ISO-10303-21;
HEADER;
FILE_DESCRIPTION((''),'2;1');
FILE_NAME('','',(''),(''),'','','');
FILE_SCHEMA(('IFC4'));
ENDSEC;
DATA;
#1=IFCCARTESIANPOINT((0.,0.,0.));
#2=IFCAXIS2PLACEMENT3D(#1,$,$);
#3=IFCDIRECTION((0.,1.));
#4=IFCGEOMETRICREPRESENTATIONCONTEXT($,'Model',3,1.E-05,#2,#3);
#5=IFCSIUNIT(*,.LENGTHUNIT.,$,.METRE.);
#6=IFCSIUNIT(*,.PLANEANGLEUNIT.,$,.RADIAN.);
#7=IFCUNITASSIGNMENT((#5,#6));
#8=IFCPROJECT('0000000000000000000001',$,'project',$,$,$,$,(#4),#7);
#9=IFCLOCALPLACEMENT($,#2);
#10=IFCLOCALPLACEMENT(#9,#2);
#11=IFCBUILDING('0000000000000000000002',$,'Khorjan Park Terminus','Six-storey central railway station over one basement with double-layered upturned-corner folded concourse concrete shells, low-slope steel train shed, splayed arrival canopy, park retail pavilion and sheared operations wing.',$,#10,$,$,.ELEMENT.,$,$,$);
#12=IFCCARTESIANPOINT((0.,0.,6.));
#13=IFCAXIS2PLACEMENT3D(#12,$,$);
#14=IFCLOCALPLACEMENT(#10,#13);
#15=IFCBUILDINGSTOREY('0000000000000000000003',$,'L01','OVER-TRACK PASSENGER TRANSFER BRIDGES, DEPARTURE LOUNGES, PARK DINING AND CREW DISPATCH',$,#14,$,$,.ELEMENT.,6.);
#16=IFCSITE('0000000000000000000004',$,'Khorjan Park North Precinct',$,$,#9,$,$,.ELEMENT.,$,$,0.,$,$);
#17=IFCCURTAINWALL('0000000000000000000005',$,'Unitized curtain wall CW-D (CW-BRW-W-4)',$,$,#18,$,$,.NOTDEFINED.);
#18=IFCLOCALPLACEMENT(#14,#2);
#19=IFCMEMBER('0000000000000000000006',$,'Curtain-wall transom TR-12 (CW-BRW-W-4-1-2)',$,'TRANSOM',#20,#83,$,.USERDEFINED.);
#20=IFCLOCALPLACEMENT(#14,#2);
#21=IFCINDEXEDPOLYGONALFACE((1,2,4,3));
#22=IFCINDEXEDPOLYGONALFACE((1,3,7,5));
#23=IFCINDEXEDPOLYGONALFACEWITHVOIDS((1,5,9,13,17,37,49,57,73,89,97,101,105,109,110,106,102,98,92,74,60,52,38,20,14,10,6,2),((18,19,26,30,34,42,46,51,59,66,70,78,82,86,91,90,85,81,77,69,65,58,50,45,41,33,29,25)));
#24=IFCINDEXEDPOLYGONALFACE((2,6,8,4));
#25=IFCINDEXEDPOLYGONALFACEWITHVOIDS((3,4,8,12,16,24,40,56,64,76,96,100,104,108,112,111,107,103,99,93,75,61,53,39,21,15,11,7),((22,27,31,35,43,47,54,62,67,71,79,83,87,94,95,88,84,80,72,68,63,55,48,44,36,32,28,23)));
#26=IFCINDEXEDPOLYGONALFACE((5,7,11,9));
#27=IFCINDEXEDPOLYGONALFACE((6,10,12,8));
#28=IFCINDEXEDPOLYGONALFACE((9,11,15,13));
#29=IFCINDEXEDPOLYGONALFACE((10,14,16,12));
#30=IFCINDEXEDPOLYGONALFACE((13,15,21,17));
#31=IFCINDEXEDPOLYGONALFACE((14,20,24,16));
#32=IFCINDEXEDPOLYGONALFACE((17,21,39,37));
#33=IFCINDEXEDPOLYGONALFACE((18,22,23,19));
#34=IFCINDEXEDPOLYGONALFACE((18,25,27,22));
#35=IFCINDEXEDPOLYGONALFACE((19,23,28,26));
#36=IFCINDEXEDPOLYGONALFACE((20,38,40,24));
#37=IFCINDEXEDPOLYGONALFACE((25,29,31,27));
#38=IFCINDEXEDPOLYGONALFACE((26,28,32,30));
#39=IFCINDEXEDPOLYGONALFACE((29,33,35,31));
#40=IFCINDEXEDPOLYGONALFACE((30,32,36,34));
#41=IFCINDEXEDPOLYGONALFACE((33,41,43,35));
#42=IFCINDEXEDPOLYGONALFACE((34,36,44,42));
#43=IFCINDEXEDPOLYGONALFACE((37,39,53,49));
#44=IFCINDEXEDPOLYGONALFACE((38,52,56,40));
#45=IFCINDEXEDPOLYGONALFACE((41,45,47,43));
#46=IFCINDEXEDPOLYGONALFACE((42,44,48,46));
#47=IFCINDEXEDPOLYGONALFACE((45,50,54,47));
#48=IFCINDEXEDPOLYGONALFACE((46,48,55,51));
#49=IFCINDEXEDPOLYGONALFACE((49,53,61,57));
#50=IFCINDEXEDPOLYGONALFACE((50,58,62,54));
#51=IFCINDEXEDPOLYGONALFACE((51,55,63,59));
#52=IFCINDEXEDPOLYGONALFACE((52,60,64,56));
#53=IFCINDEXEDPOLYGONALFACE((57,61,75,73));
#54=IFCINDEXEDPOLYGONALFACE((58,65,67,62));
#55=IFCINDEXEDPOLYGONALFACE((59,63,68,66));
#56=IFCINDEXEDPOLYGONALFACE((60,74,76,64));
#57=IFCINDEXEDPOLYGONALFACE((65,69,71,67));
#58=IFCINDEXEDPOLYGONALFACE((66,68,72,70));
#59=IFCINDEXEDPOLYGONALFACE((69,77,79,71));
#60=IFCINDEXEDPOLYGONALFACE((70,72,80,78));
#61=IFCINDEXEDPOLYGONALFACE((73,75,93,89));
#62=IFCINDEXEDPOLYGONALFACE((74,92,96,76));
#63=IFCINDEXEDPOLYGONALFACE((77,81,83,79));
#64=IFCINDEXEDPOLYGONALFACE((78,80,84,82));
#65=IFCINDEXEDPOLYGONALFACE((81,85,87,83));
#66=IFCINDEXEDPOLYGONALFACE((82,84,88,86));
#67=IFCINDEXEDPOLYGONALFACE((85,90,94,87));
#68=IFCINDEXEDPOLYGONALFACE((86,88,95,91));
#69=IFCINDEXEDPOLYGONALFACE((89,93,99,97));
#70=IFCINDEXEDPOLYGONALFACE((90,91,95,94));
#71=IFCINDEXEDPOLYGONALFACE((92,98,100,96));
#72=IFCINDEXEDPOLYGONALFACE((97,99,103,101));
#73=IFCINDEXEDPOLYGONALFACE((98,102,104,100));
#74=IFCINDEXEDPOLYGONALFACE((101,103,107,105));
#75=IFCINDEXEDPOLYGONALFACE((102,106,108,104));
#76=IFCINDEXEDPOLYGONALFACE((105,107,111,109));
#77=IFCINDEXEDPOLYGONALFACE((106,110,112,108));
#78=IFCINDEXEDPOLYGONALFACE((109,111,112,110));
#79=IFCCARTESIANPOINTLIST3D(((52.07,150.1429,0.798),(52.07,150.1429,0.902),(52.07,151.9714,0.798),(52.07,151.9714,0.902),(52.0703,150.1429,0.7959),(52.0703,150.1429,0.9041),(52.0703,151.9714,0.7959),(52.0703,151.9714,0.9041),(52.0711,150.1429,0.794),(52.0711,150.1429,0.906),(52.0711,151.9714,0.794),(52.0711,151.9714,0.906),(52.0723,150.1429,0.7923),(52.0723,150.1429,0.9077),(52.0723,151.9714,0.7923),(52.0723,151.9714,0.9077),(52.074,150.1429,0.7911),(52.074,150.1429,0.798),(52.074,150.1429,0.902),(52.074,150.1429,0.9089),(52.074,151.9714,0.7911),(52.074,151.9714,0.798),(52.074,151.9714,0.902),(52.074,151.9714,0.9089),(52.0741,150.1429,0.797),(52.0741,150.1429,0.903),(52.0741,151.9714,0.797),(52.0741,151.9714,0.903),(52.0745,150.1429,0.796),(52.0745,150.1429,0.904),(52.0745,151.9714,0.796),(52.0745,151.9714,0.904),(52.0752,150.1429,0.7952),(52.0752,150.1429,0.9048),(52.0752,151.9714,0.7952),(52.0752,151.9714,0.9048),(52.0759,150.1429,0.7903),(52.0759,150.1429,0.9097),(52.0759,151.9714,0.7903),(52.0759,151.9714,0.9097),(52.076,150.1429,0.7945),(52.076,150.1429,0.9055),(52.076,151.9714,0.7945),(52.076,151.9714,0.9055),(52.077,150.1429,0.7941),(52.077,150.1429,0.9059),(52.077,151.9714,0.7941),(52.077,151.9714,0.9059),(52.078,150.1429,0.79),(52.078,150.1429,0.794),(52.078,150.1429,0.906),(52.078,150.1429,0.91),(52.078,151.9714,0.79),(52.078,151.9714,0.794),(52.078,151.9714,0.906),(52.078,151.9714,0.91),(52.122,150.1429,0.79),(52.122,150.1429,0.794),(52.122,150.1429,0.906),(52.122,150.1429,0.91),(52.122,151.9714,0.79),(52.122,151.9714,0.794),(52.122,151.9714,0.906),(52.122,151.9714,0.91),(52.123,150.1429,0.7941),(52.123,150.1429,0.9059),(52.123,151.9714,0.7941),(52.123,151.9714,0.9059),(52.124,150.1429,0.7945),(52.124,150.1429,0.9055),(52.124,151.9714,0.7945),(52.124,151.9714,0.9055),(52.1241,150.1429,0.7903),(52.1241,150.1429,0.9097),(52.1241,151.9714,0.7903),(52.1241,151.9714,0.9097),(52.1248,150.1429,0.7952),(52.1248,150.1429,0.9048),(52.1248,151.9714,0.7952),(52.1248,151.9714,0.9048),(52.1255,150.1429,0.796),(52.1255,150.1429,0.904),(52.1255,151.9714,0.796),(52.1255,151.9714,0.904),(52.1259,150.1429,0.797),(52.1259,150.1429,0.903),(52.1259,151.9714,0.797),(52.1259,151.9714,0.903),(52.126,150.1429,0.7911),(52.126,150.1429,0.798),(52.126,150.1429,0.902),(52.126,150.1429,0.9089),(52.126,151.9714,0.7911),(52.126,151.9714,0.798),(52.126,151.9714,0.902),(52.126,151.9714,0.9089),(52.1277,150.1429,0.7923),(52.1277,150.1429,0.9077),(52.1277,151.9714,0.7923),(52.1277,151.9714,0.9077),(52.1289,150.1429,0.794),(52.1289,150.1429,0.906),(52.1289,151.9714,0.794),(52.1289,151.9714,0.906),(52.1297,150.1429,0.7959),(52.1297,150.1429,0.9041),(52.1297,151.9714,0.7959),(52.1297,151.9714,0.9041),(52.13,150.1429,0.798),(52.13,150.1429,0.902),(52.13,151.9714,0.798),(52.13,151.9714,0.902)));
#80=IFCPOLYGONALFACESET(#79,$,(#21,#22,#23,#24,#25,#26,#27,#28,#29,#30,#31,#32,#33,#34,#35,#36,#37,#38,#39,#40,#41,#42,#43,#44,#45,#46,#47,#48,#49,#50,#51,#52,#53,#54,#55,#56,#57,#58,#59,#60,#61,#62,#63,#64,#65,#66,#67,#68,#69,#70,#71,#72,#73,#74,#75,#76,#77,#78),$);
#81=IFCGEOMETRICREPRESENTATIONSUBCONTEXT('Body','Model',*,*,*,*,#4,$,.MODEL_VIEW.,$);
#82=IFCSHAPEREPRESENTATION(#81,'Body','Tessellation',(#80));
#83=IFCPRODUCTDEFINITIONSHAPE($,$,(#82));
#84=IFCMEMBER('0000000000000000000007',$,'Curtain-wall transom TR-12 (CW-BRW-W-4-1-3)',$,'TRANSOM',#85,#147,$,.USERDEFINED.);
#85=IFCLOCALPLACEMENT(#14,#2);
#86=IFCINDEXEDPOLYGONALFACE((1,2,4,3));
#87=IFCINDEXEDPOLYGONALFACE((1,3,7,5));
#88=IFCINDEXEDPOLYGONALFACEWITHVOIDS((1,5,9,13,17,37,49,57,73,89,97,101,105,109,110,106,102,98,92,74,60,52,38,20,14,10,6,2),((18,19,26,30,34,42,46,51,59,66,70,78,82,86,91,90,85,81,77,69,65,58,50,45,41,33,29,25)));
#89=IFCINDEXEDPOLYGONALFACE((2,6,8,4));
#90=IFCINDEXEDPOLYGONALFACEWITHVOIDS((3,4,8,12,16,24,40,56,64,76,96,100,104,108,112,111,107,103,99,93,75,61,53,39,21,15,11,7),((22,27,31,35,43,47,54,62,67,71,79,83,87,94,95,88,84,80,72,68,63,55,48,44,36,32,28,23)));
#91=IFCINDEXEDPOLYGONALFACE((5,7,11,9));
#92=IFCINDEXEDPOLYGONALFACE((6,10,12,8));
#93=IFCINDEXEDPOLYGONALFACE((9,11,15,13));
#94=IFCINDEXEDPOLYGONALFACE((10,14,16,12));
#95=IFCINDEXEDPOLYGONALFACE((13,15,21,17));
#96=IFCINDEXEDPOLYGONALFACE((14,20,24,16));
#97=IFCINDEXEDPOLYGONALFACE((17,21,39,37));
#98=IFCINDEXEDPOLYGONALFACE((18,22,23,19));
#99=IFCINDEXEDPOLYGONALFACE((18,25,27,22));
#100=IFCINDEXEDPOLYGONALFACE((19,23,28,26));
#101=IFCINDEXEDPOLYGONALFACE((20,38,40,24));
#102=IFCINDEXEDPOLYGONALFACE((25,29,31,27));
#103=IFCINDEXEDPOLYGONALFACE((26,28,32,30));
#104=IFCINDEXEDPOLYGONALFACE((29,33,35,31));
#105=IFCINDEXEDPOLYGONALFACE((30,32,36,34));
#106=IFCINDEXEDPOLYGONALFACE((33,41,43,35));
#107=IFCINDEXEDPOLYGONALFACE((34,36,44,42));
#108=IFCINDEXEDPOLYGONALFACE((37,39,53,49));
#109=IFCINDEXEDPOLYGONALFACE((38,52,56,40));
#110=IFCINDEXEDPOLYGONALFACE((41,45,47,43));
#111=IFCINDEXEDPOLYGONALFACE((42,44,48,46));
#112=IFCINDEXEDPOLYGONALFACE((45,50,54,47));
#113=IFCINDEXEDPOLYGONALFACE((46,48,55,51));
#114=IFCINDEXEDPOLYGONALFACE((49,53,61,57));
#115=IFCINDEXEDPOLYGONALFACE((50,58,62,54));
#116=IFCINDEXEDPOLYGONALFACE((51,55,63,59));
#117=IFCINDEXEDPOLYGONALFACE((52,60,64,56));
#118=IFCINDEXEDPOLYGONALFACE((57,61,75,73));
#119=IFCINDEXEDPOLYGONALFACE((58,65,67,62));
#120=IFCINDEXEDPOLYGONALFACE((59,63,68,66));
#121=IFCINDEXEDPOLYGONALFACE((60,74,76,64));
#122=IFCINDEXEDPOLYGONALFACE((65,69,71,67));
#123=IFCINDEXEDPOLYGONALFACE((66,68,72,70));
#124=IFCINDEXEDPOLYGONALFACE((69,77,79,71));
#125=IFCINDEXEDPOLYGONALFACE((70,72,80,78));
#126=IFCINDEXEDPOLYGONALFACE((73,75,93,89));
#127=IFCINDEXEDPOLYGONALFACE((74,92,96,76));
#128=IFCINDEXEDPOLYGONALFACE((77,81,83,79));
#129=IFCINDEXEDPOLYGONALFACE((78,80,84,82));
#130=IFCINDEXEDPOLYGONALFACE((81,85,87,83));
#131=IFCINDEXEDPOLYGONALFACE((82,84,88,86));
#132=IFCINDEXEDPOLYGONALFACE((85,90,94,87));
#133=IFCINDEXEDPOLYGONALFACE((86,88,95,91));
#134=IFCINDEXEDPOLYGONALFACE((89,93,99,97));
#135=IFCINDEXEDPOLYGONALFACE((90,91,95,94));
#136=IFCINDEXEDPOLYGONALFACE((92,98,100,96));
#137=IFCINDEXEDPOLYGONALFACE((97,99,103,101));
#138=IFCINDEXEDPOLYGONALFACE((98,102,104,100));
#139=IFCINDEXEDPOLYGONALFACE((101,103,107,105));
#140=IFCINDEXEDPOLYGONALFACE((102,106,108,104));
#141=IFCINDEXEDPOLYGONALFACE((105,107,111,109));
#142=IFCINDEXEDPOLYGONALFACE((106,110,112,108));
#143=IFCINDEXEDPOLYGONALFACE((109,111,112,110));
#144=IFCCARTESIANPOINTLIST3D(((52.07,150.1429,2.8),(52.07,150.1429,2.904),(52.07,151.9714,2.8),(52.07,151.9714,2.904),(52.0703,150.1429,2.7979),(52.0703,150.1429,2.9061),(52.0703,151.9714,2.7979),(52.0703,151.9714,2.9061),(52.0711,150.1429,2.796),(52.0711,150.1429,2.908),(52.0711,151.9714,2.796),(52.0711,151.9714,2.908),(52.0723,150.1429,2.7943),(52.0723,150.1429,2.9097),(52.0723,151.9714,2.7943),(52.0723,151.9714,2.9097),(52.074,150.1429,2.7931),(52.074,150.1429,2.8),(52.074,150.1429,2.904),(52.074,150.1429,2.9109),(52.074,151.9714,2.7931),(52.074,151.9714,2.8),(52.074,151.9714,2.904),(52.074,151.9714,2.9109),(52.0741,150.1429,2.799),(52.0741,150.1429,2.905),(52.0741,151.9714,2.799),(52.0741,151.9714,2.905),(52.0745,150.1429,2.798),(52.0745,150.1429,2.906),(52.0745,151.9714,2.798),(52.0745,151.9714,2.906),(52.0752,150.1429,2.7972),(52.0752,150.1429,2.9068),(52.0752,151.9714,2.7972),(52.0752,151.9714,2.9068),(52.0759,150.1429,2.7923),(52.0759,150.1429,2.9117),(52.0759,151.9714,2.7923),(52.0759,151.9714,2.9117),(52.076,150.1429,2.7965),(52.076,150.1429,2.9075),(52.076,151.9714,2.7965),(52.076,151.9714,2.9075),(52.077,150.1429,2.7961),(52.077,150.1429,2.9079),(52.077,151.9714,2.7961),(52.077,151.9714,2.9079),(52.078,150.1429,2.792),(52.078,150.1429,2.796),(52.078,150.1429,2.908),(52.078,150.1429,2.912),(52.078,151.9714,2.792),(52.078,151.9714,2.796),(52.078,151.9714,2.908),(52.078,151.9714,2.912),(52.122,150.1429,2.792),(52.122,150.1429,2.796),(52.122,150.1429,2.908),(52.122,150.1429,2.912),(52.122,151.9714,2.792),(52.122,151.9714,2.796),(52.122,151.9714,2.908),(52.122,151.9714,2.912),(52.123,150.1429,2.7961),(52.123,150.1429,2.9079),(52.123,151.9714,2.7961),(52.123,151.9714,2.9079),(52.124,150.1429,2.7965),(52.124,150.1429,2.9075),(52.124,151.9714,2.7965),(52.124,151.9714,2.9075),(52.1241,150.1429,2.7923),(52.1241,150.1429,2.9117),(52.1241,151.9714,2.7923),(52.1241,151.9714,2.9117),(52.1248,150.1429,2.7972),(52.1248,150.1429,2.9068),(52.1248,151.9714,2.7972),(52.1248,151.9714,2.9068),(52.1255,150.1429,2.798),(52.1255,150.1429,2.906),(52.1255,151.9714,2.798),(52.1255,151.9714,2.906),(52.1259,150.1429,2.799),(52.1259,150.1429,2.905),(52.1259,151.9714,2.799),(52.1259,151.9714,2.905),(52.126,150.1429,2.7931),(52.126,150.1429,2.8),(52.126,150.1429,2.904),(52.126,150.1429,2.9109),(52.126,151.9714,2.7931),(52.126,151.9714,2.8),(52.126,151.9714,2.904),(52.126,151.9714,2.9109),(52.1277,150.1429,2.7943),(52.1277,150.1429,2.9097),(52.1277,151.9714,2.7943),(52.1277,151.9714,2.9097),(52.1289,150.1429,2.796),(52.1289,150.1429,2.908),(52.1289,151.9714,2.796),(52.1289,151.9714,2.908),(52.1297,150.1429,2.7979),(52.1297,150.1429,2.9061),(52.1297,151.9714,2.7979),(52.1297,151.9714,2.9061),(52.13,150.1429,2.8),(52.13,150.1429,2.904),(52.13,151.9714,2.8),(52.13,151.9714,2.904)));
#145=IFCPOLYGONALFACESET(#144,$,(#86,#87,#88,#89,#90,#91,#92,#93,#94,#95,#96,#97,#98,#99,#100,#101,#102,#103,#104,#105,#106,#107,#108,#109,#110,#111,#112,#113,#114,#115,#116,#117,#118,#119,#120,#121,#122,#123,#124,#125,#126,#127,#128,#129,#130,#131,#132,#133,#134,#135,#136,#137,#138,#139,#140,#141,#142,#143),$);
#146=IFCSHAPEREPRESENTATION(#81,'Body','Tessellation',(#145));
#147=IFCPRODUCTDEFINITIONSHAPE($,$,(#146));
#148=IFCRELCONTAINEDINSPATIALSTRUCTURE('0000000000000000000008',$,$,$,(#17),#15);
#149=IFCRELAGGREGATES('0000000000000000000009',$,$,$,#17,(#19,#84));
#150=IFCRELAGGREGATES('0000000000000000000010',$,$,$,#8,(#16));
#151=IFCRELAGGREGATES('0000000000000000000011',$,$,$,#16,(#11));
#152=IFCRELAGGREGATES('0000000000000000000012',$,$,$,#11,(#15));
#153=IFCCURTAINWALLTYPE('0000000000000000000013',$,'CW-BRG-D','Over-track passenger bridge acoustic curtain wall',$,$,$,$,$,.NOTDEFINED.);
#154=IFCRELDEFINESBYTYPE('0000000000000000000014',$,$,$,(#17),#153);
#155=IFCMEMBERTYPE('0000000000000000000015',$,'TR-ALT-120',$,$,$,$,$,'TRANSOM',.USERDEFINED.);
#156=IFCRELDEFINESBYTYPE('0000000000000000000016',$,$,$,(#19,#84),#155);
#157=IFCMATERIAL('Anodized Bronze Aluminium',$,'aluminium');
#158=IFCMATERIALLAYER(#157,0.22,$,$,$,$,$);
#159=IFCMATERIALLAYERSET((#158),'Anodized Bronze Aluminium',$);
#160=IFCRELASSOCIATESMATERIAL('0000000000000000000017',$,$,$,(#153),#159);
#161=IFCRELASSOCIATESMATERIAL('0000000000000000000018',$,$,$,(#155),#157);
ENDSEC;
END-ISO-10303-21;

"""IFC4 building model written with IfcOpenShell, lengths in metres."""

from ifc_helpers import new_model, si_unit, direction, frame, origin, origin_2d, place, context, subcontext, project, spatial, hollow_rectangle, extrude, material, layer, layer_set, material_profile, profile_set, type_object, element, aggregate, save


model = new_model("IFC4")

# Units and contexts
model_context = context("Model", 3, precision=1e-05, world=origin(), true_north=direction((0.0, 1.0)))
body_context = subcontext(model_context, "Body", "Model", "MODEL_VIEW")
ifc_project = project(units=[si_unit("LENGTHUNIT", "METRE"), si_unit("PLANEANGLEUNIT", "RADIAN")], contexts=[model_context])

# Site, building, storey
site_placement = place(None, origin())
site = spatial("IfcSite", under=ifc_project, at=site_placement, Name="Khorjan Park North Precinct", CompositionType="ELEMENT", RefElevation=0.0)
building_placement = place(site_placement, origin())
building = spatial("IfcBuilding", under=site, at=building_placement, Name="Khorjan Park Terminus", Description="Six-storey central railway station over one basement with double-layered upturned-corner folded concourse concrete shells, low-slope steel train shed, splayed arrival canopy, park retail pavilion and sheared operations wing.", CompositionType="ELEMENT")
storey_placement = place(building_placement, frame((0.0, 0.0, 6.0)))
storey = spatial("IfcBuildingStorey", under=building, at=storey_placement, Name="L01", Description="OVER-TRACK PASSENGER TRANSFER BRIDGES, DEPARTURE LOUNGES, PARK DINING AND CREW DISPATCH", CompositionType="ELEMENT", Elevation=6.0)

# Curtain wall, members
ifc_material_1 = material(Name="Anodized Bronze Aluminium", Category="aluminium")
ifc_layer_1 = layer(ifc_material_1, 0.22)
ifc_layer_set_1 = layer_set([ifc_layer_1], Name="Anodized Bronze Aluminium")
curtain_wall_type = type_object("IfcCurtainWallType", Name="CW-BRG-D", Description="Over-track passenger bridge acoustic curtain wall", PredefinedType="NOTDEFINED", material=ifc_layer_set_1)
curtain_wall_placement = place(storey_placement, origin())
curtain_wall = element("IfcCurtainWall", 1, at=curtain_wall_placement, inside=storey, type_object=curtain_wall_type, Name="Unitized curtain wall CW-D (CW-BRW-W-4)", PredefinedType="NOTDEFINED")
ifc_material_profile_1 = material_profile(ifc_material_1, hollow_rectangle(XDim=0.06, YDim=0.12, WallThickness=0.004, InnerFilletRadius=0.004, OuterFilletRadius=0.008, at=origin_2d()), Name="ALT 60x120x4")
ifc_profile_set_1 = profile_set([ifc_material_profile_1], Name="Anodized Bronze Aluminium")
member_type_1 = type_object("IfcMemberType", Name="TR-ALT-120", ElementType="TRANSOM", PredefinedType="USERDEFINED", material=ifc_profile_set_1)
member_1_placement = place(storey_placement, frame((52.1, 151.9714, 0.85), z_axis=(0.0, -1.0, 0.0), x_axis=(1.0, 0.0, 0.0)))
member_1 = element("IfcMember", 2, at=member_1_placement, type_object=member_type_1, Name="Curtain-wall transom TR-12 (CW-BRW-W-4-1-2)", ObjectType="TRANSOM", PredefinedType="USERDEFINED", context=body_context, shape_type="SweptSolid", body=[
    extrude(hollow_rectangle(XDim=0.06, YDim=0.12, WallThickness=0.004, InnerFilletRadius=0.004, OuterFilletRadius=0.008, at=origin_2d()), origin(), (0.0, 0.0, 1.0), 1.8285),
])
member_2_placement = place(storey_placement, frame((52.1, 151.9714, 2.852), z_axis=(0.0, -1.0, 0.0), x_axis=(1.0, 0.0, 0.0)))
member_2 = element("IfcMember", 3, at=member_2_placement, type_object=member_type_1, Name="Curtain-wall transom TR-12 (CW-BRW-W-4-1-3)", ObjectType="TRANSOM", PredefinedType="USERDEFINED", context=body_context, shape_type="SweptSolid", body=[
    extrude(hollow_rectangle(XDim=0.06, YDim=0.12, WallThickness=0.004, InnerFilletRadius=0.004, OuterFilletRadius=0.008, at=origin_2d()), origin(), (0.0, 0.0, 1.0), 1.8285),
])
aggregate(curtain_wall, [member_1, member_2])

save(model, "model.ifc")
